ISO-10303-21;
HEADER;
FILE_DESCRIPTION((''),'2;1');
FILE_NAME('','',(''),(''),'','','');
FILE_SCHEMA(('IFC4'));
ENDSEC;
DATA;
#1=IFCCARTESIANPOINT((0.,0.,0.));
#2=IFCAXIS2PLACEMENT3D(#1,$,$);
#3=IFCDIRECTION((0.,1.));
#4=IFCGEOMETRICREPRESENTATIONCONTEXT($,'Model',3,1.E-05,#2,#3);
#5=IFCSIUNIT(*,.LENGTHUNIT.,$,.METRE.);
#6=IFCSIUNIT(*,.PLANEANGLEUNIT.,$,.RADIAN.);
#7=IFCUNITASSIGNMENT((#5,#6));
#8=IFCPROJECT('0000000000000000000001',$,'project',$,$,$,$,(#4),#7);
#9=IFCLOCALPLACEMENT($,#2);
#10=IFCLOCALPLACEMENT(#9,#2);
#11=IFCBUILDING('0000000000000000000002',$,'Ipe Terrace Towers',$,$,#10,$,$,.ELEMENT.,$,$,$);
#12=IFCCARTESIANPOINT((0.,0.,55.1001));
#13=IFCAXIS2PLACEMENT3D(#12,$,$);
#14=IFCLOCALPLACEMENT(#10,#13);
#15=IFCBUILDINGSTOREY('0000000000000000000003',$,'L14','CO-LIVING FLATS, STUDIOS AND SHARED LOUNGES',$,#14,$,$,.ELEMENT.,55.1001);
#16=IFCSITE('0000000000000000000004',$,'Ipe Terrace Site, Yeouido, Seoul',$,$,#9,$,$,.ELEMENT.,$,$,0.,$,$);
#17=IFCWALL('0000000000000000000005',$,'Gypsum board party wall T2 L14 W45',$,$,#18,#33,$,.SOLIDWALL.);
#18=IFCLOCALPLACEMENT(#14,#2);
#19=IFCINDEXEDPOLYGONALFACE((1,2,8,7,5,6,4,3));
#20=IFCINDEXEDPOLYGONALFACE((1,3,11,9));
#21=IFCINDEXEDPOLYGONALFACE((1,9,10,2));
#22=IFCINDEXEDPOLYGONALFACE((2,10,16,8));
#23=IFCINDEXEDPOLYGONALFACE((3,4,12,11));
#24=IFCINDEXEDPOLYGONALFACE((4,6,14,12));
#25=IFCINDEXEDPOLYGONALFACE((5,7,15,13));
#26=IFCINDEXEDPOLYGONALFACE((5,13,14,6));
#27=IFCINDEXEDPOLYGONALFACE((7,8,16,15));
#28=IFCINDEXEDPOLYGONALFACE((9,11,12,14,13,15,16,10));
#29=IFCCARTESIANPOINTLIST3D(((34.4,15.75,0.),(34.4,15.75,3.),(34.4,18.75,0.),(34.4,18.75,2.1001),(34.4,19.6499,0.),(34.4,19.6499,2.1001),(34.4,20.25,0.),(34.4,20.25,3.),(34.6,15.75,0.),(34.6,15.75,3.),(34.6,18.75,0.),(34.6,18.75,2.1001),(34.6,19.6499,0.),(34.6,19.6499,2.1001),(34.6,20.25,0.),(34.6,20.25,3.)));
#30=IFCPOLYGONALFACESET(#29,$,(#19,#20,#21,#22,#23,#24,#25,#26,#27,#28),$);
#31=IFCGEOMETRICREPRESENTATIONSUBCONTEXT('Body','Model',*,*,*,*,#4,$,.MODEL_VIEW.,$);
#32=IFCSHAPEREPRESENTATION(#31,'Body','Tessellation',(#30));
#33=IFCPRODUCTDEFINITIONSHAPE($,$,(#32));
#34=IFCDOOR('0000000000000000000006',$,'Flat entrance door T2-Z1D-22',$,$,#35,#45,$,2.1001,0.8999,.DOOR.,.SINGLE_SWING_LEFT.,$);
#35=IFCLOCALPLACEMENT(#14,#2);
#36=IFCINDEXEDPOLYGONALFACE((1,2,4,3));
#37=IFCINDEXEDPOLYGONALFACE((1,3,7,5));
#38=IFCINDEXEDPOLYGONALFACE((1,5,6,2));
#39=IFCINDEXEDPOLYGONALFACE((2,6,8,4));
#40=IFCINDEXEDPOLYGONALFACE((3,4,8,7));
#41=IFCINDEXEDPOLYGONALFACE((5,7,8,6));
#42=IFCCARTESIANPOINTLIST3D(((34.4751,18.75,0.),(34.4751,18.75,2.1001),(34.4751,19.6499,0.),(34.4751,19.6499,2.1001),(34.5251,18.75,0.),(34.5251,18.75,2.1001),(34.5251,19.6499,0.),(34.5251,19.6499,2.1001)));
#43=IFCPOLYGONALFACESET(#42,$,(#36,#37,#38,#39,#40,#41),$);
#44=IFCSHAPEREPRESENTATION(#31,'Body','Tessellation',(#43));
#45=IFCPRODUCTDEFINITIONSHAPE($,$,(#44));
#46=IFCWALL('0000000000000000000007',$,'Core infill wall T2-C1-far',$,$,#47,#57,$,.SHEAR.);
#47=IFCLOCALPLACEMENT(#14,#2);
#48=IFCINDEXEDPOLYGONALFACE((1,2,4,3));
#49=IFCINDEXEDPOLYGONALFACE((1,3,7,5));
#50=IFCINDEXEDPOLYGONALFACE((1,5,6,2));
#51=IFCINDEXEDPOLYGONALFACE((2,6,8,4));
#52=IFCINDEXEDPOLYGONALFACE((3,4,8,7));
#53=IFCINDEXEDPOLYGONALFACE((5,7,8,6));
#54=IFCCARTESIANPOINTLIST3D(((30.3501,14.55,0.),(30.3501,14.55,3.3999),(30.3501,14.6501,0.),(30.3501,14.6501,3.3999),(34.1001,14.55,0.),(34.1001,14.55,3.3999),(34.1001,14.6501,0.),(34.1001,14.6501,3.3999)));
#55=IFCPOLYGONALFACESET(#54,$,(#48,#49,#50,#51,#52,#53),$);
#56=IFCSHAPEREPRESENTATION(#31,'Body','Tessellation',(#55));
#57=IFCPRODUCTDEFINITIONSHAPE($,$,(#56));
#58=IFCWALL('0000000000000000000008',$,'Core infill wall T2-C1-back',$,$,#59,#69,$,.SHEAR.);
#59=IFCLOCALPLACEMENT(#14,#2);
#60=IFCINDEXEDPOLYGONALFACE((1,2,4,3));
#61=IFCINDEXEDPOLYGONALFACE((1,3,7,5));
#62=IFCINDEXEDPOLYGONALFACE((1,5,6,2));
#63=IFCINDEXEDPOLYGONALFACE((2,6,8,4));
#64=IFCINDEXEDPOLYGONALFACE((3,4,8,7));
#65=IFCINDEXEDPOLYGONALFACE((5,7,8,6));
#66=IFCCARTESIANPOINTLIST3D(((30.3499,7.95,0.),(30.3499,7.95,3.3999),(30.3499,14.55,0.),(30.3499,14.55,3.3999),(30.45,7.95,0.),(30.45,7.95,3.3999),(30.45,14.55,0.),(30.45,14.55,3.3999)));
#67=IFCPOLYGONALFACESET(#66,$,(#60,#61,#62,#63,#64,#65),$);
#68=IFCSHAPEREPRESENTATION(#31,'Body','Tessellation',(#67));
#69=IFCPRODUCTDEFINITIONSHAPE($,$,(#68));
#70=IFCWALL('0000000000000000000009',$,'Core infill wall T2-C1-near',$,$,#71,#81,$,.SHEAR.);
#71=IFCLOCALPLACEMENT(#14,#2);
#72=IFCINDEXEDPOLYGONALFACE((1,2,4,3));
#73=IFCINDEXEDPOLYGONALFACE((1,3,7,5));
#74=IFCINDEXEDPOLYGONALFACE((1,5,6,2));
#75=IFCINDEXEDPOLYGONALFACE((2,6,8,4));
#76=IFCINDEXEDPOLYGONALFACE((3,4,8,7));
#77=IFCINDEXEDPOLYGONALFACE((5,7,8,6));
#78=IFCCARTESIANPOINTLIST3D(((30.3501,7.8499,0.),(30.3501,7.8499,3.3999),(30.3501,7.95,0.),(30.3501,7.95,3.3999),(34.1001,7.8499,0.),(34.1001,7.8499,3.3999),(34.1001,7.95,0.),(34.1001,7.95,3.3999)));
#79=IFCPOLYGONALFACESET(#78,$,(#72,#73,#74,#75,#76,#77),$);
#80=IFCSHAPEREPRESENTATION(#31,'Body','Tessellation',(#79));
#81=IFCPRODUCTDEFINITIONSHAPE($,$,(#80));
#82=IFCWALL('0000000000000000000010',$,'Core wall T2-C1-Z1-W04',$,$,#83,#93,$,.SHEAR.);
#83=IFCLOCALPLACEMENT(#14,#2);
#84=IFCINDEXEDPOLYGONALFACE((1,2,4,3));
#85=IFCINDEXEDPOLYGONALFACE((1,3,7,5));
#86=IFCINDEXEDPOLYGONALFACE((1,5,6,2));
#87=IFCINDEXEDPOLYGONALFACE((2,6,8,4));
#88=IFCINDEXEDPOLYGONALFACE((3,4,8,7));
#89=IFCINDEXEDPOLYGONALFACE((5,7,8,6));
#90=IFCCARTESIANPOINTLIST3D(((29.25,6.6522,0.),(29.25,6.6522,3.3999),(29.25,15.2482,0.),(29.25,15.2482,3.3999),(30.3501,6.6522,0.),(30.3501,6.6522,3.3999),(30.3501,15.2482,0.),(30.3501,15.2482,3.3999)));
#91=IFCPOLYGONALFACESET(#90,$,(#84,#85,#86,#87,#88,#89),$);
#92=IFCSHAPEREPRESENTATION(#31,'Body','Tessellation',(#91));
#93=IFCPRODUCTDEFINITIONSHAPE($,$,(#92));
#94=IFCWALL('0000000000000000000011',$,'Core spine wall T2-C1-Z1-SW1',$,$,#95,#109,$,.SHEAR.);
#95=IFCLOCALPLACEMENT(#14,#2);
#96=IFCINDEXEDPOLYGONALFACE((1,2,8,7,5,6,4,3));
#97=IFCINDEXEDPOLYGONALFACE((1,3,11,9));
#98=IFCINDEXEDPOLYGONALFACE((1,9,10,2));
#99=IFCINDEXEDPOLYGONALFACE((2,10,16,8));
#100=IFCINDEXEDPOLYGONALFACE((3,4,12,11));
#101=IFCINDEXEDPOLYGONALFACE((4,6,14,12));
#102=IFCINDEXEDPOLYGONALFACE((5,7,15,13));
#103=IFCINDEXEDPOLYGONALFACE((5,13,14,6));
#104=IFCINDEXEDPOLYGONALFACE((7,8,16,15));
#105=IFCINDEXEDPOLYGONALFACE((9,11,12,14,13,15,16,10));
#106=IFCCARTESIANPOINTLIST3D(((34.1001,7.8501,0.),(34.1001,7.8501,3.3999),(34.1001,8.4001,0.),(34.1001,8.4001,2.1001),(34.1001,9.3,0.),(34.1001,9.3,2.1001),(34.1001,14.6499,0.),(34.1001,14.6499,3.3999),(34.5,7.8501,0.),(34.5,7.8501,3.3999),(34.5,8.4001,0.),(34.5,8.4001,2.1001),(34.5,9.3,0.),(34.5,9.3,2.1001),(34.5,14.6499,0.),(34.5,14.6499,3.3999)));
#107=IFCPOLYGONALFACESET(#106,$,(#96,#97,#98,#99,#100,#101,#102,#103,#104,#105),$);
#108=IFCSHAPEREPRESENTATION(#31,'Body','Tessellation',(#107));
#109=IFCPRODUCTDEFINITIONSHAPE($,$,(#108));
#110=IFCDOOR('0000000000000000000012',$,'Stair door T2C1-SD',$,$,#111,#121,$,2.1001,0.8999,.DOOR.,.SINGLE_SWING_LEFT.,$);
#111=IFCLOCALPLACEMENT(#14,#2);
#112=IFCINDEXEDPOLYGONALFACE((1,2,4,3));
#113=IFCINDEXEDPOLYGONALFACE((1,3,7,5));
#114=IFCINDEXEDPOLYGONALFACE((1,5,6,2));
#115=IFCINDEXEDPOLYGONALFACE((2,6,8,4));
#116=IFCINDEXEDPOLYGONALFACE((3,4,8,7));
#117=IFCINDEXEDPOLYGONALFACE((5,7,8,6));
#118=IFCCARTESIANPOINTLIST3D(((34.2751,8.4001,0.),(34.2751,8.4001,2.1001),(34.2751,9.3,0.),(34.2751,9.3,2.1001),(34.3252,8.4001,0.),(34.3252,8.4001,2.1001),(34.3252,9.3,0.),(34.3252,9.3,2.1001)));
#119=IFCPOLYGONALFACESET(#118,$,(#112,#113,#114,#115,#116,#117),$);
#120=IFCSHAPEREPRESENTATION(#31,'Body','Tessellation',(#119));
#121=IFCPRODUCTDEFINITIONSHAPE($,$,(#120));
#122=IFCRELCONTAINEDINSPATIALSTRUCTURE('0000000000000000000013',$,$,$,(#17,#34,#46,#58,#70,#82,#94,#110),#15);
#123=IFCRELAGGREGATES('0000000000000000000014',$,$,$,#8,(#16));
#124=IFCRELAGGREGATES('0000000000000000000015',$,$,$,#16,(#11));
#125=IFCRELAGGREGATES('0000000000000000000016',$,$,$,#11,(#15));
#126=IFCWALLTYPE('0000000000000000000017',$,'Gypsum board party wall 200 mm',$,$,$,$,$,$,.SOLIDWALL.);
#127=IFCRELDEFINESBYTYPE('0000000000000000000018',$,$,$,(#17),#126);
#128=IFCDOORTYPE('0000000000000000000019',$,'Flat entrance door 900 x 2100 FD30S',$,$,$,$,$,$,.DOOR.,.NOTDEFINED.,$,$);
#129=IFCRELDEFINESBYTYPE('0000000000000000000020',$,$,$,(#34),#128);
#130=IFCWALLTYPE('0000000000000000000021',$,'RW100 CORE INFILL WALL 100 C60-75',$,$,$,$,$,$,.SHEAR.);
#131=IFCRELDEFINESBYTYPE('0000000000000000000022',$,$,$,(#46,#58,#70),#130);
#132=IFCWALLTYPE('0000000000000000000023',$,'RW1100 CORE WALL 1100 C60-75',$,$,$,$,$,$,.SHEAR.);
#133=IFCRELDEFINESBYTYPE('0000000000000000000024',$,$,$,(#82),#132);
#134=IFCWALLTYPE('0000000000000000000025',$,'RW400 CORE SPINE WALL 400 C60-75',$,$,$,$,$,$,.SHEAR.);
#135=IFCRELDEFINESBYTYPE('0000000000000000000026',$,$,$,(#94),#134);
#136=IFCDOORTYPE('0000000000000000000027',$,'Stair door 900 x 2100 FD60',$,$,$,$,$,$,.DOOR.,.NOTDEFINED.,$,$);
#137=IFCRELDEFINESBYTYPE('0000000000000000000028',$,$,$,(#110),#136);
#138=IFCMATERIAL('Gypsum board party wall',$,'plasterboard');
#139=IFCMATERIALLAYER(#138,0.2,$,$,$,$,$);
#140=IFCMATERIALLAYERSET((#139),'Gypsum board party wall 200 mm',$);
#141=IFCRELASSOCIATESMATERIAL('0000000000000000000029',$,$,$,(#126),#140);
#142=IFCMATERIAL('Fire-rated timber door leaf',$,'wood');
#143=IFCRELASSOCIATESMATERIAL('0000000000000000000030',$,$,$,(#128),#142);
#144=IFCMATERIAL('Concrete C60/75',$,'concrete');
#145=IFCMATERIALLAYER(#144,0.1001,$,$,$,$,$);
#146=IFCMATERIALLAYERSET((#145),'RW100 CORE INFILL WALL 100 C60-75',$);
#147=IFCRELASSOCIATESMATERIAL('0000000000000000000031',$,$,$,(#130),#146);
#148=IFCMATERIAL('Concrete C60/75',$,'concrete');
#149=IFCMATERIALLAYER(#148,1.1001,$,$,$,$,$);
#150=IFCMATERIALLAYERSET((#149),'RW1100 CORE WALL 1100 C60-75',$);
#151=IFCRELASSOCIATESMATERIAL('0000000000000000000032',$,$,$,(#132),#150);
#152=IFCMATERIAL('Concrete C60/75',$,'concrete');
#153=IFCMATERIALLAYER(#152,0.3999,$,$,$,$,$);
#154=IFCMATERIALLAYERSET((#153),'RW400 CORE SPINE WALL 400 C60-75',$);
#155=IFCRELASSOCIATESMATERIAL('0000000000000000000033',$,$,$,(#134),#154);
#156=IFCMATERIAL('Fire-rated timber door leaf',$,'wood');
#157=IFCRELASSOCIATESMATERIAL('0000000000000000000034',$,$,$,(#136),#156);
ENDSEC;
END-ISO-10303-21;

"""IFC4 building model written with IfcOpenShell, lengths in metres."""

from ifc_helpers import new_model, si_unit, direction, frame, frame_2d, origin, place, context, subcontext, project, spatial, rectangle, extrude, material, layer, layer_set, type_object, element, fill, save


model = new_model("IFC4")

# Units and contexts
model_context = context("Model", 3, precision=1e-05, world=origin(), true_north=direction((0.0, 1.0)))
body_context = subcontext(model_context, "Body", "Model", "MODEL_VIEW")
ifc_project = project(units=[si_unit("LENGTHUNIT", "METRE"), si_unit("PLANEANGLEUNIT", "RADIAN")], contexts=[model_context])

# Site, building, storey
site_placement = place(None, origin())
site = spatial("IfcSite", under=ifc_project, at=site_placement, Name="Ipe Terrace Site, Yeouido, Seoul", CompositionType="ELEMENT", RefElevation=0.0)
building_placement = place(site_placement, origin())
building = spatial("IfcBuilding", under=site, at=building_placement, Name="Ipe Terrace Towers", CompositionType="ELEMENT")
storey_placement = place(building_placement, frame((0.0, 0.0, 55.1001)))
storey = spatial("IfcBuildingStorey", under=building, at=storey_placement, Name="L14", Description="CO-LIVING FLATS, STUDIOS AND SHARED LOUNGES", CompositionType="ELEMENT", Elevation=55.1001)

# Wall, opening, door
ifc_material_1 = material(Name="Gypsum board party wall", Category="plasterboard")
ifc_layer_1 = layer(ifc_material_1, 0.2)
ifc_layer_set_1 = layer_set([ifc_layer_1], Name="Gypsum board party wall 200 mm")
wall_type_1 = type_object("IfcWallType", Name="Gypsum board party wall 200 mm", PredefinedType="SOLIDWALL", material=ifc_layer_set_1)
wall_1_placement = place(storey_placement, frame((34.5, 15.75, 0.0), z_axis=(0.0, 0.0, 1.0), x_axis=(0.0, 1.0, 0.0)))
wall_1 = element("IfcWall", 1, at=wall_1_placement, inside=storey, type_object=wall_type_1, Name="Gypsum board party wall T2 L14 W45", PredefinedType="SOLIDWALL", context=body_context, shape_type="SweptSolid", body=[
    extrude(rectangle(XDim=4.5, YDim=0.2, at=frame_2d((2.25, 0.0))), origin(), (0.0, 0.0, 1.0), 3.0),
])
opening_1_placement = place(wall_1_placement, frame((3.0, 0.0, 0.0)))
opening_1 = element("IfcOpeningElement", 2, at=opening_1_placement, cuts=wall_1, PredefinedType="OPENING", context=body_context, shape_type="SweptSolid", body=[
    extrude(rectangle(XDim=0.8999, YDim=2.1001, at=frame_2d((0.45, 1.05))), frame((0.0, 0.1099, 0.0), z_axis=(0.0, -1.0, 0.0), x_axis=(1.0, 0.0, 0.0)), (0.0, 0.0, 1.0), 0.22),
])
ifc_material_2 = material(Name="Fire-rated timber door leaf", Category="wood")
door_type_1 = type_object("IfcDoorType", Name="Flat entrance door 900 x 2100 FD30S", OperationType="NOTDEFINED", PredefinedType="DOOR", material=ifc_material_2)
door_1_placement = place(opening_1_placement, origin())
door_1 = element("IfcDoor", 3, at=door_1_placement, inside=storey, type_object=door_type_1, Name="Flat entrance door T2-Z1D-22", OperationType="SINGLE_SWING_LEFT", OverallHeight=2.1001, OverallWidth=0.8999, PredefinedType="DOOR", context=body_context, shape_type="SweptSolid", body=[
    extrude(rectangle(XDim=0.8999, YDim=2.1001, at=frame_2d((0.45, 1.05))), frame((0.0, 0.0249, 0.0), z_axis=(0.0, -1.0, 0.0), x_axis=(1.0, 0.0, 0.0)), (0.0, 0.0, 1.0), 0.05),
])
fill(opening_1, door_1)

# Walls
ifc_material_3 = material(Name="Concrete C60/75", Category="concrete")
ifc_layer_2 = layer(ifc_material_3, 0.1001)
ifc_layer_set_2 = layer_set([ifc_layer_2], Name="RW100 CORE INFILL WALL 100 C60-75")
wall_type_2 = type_object("IfcWallType", Name="RW100 CORE INFILL WALL 100 C60-75", PredefinedType="SHEAR", material=ifc_layer_set_2)
wall_2_placement = place(storey_placement, frame((34.1001, 14.6001, 0.0), z_axis=(0.0, 0.0, 1.0), x_axis=(-1.0, 0.0, 0.0)))
element("IfcWall", 4, at=wall_2_placement, inside=storey, type_object=wall_type_2, Name="Core infill wall T2-C1-far", PredefinedType="SHEAR", context=body_context, shape_type="SweptSolid", body=[
    extrude(rectangle(XDim=3.75, YDim=0.1001, at=frame_2d((1.875, 0.0))), origin(), (0.0, 0.0, 1.0), 3.3999),
])
wall_3_placement = place(storey_placement, frame((30.3999, 7.95, 0.0), z_axis=(0.0, 0.0, 1.0), x_axis=(0.0, 1.0, 0.0)))
element("IfcWall", 5, at=wall_3_placement, inside=storey, type_object=wall_type_2, Name="Core infill wall T2-C1-back", PredefinedType="SHEAR", context=body_context, shape_type="SweptSolid", body=[
    extrude(rectangle(XDim=6.6001, YDim=0.1001, at=frame_2d((3.3, 0.0))), origin(), (0.0, 0.0, 1.0), 3.3999),
])
wall_4_placement = place(storey_placement, frame((34.1001, 7.8999, 0.0), z_axis=(0.0, 0.0, 1.0), x_axis=(-1.0, 0.0, 0.0)))
element("IfcWall", 6, at=wall_4_placement, inside=storey, type_object=wall_type_2, Name="Core infill wall T2-C1-near", PredefinedType="SHEAR", context=body_context, shape_type="SweptSolid", body=[
    extrude(rectangle(XDim=3.75, YDim=0.1001, at=frame_2d((1.875, 0.0))), origin(), (0.0, 0.0, 1.0), 3.3999),
])
ifc_material_4 = material(Name="Concrete C60/75", Category="concrete")
ifc_layer_3 = layer(ifc_material_4, 1.1001)
ifc_layer_set_3 = layer_set([ifc_layer_3], Name="RW1100 CORE WALL 1100 C60-75")
wall_type_3 = type_object("IfcWallType", Name="RW1100 CORE WALL 1100 C60-75", PredefinedType="SHEAR", material=ifc_layer_set_3)
wall_5_placement = place(storey_placement, frame((29.8, 15.248, 0.0), z_axis=(0.0, 0.0, 1.0), x_axis=(0.0, -1.0, 0.0)))
element("IfcWall", 7, at=wall_5_placement, inside=storey, type_object=wall_type_3, Name="Core wall T2-C1-Z1-W04", PredefinedType="SHEAR", context=body_context, shape_type="SweptSolid", body=[
    extrude(rectangle(XDim=8.5959, YDim=1.1001, at=frame_2d((4.2979, 0.0))), origin(), (0.0, 0.0, 1.0), 3.3999),
])

# Wall, opening, door
ifc_material_5 = material(Name="Concrete C60/75", Category="concrete")
ifc_layer_4 = layer(ifc_material_5, 0.3999)
ifc_layer_set_4 = layer_set([ifc_layer_4], Name="RW400 CORE SPINE WALL 400 C60-75")
wall_type_4 = type_object("IfcWallType", Name="RW400 CORE SPINE WALL 400 C60-75", PredefinedType="SHEAR", material=ifc_layer_set_4)
wall_6_placement = place(storey_placement, frame((34.3, 7.8501, 0.0), z_axis=(0.0, 0.0, 1.0), x_axis=(0.0, 1.0, 0.0)))
wall_6 = element("IfcWall", 8, at=wall_6_placement, inside=storey, type_object=wall_type_4, Name="Core spine wall T2-C1-Z1-SW1", PredefinedType="SHEAR", context=body_context, shape_type="SweptSolid", body=[
    extrude(rectangle(XDim=6.7998, YDim=0.3999, at=frame_2d((3.3999, 0.0))), origin(), (0.0, 0.0, 1.0), 3.3999),
])
opening_2_placement = place(wall_6_placement, frame((0.55, 0.0, 0.0)))
opening_2 = element("IfcOpeningElement", 9, at=opening_2_placement, cuts=wall_6, PredefinedType="OPENING", context=body_context, shape_type="SweptSolid", body=[
    extrude(rectangle(XDim=0.8999, YDim=2.1001, at=frame_2d((0.45, 1.05))), frame((0.0, 0.21, 0.0), z_axis=(0.0, -1.0, 0.0), x_axis=(1.0, 0.0, 0.0)), (0.0, 0.0, 1.0), 0.4199),
])
ifc_material_6 = material(Name="Fire-rated timber door leaf", Category="wood")
door_type_2 = type_object("IfcDoorType", Name="Stair door 900 x 2100 FD60", OperationType="NOTDEFINED", PredefinedType="DOOR", material=ifc_material_6)
door_2_placement = place(opening_2_placement, origin())
door_2 = element("IfcDoor", 10, at=door_2_placement, inside=storey, type_object=door_type_2, Name="Stair door T2C1-SD", OperationType="SINGLE_SWING_LEFT", OverallHeight=2.1001, OverallWidth=0.8999, PredefinedType="DOOR", context=body_context, shape_type="SweptSolid", body=[
    extrude(rectangle(XDim=0.8999, YDim=2.1001, at=frame_2d((0.45, 1.05))), frame((0.0, 0.0249, 0.0), z_axis=(0.0, -1.0, 0.0), x_axis=(1.0, 0.0, 0.0)), (0.0, 0.0, 1.0), 0.05),
])
fill(opening_2, door_2)

save(model, "model.ifc")
